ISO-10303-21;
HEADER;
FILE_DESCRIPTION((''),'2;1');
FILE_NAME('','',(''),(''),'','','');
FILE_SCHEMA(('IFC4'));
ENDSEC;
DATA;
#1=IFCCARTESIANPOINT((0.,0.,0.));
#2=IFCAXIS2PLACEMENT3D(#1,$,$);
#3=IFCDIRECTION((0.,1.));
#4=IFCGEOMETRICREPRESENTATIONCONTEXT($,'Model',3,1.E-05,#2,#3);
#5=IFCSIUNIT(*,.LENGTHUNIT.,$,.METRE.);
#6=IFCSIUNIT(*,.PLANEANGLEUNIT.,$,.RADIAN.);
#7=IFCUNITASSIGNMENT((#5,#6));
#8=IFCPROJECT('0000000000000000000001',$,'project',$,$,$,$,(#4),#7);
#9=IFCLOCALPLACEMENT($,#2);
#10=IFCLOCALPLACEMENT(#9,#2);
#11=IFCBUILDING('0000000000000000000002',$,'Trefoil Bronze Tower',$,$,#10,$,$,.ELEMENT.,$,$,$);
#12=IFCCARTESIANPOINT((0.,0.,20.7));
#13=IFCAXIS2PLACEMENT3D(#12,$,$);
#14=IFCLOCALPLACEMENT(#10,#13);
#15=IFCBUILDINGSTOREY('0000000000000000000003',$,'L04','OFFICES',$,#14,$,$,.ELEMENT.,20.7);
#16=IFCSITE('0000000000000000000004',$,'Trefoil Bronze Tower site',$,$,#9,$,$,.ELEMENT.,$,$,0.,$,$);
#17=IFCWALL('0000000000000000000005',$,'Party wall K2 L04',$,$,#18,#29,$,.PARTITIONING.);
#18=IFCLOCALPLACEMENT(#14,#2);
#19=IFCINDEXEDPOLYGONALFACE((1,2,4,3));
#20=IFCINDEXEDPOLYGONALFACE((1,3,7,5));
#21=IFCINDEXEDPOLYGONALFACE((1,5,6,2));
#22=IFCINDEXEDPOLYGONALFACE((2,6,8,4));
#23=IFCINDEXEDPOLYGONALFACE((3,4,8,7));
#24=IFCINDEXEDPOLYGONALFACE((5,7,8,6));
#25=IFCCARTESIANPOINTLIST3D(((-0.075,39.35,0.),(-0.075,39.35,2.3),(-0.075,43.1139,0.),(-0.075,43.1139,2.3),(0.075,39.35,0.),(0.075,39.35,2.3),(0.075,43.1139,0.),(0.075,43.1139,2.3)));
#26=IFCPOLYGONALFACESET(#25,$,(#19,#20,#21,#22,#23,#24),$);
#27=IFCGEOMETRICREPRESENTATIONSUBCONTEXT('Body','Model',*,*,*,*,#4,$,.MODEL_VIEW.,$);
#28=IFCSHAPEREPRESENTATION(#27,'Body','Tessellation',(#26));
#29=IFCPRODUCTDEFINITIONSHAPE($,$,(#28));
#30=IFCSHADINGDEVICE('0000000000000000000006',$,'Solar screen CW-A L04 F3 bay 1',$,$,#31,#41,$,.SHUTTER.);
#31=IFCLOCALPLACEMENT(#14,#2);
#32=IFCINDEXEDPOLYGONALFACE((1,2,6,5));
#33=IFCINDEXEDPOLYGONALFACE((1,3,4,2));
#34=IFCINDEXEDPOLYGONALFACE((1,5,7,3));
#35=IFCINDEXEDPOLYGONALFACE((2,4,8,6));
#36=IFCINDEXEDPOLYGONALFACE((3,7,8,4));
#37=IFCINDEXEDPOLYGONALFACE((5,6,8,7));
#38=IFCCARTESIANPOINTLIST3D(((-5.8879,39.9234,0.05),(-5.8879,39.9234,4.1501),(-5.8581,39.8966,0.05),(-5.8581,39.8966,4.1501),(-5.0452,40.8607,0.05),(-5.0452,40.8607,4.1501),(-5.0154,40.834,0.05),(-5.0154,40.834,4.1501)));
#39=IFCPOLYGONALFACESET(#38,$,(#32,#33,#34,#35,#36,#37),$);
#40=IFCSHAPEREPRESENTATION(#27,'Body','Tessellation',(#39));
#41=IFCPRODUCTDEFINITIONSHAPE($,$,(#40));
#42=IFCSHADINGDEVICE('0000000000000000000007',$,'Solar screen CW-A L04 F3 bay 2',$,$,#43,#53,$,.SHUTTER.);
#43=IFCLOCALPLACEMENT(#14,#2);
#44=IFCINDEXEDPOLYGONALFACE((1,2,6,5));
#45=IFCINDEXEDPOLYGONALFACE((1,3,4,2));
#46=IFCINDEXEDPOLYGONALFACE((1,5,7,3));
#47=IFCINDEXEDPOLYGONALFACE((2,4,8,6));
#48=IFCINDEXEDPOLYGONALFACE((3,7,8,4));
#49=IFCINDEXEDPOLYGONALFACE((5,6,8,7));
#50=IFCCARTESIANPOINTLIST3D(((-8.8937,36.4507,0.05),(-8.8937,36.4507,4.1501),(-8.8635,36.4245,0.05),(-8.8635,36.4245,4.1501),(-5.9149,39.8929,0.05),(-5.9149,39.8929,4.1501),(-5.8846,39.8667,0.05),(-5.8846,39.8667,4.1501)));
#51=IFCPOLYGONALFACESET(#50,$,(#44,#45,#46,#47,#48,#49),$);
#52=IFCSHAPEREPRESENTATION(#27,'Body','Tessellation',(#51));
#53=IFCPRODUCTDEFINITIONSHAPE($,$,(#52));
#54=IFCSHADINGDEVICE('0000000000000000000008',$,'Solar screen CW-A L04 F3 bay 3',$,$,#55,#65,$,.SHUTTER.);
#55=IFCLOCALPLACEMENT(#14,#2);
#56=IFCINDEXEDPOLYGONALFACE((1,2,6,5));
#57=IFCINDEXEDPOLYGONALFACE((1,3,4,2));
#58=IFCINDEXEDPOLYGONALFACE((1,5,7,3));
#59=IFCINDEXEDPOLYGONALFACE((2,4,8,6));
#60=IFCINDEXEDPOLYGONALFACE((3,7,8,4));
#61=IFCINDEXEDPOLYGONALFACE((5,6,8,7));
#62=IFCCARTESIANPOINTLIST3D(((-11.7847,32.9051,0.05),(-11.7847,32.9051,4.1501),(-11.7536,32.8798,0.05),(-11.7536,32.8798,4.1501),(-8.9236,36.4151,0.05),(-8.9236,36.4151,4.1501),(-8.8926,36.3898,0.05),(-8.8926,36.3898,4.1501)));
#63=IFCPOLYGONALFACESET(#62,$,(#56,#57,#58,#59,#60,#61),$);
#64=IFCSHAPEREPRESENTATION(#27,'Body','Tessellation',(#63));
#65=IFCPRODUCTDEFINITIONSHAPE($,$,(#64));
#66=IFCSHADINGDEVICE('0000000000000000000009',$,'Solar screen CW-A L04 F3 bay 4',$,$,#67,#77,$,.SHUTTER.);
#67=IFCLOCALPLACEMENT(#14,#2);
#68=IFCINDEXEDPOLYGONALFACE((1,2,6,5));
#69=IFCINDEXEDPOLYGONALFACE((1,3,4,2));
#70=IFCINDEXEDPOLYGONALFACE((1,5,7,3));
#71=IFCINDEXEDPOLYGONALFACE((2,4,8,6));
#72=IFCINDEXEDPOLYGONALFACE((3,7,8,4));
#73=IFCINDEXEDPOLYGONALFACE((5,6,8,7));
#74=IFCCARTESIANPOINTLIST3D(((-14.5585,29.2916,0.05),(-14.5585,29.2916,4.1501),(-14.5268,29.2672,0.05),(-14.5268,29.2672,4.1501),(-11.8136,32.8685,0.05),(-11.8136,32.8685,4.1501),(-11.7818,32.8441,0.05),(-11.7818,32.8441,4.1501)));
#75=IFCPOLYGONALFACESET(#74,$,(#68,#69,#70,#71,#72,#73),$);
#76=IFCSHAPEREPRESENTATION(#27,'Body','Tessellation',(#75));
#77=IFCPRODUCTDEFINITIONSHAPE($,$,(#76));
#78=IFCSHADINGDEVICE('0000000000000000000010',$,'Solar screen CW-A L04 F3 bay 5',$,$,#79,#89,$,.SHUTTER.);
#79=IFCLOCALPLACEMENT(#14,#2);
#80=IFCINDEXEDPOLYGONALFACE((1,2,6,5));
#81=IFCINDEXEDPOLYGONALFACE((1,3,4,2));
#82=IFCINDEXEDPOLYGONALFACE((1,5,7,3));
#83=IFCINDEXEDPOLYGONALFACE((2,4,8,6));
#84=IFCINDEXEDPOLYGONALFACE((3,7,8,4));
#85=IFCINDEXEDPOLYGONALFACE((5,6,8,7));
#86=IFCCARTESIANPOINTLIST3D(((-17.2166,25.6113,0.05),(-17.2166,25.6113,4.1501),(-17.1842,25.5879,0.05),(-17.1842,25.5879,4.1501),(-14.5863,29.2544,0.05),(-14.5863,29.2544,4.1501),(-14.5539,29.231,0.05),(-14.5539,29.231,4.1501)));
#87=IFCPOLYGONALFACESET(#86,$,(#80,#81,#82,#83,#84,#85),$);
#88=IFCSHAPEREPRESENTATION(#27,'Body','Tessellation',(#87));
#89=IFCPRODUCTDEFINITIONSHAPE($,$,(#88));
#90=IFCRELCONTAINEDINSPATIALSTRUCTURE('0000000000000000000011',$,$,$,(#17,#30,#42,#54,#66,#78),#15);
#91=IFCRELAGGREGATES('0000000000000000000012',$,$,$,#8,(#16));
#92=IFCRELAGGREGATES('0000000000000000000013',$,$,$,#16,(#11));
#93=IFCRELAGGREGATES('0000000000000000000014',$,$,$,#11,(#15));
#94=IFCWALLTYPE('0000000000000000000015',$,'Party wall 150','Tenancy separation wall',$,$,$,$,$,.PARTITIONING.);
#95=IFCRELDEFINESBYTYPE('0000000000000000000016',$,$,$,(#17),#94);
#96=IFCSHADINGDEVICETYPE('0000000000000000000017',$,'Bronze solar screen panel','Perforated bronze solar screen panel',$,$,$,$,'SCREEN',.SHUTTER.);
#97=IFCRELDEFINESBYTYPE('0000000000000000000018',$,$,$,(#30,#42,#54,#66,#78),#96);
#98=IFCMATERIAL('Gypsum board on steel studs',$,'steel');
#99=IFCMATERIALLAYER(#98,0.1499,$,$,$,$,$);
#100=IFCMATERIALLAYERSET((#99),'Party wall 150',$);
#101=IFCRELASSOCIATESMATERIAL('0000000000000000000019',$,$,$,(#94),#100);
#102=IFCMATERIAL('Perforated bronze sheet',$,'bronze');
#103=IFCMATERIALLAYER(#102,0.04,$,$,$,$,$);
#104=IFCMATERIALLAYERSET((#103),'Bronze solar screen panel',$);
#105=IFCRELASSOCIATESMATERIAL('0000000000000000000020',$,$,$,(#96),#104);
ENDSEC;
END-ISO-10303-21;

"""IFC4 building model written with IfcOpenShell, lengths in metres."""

from ifc_helpers import new_model, si_unit, direction, frame, frame_2d, origin, origin_2d, place, context, subcontext, project, spatial, rectangle, extrude, material, layer, layer_set, type_object, element, save


model = new_model("IFC4")

# Units and contexts
model_context = context("Model", 3, precision=1e-05, world=origin(), true_north=direction((0.0, 1.0)))
body_context = subcontext(model_context, "Body", "Model", "MODEL_VIEW")
ifc_project = project(units=[si_unit("LENGTHUNIT", "METRE"), si_unit("PLANEANGLEUNIT", "RADIAN")], contexts=[model_context])

# Site, building, storey
site_placement = place(None, origin())
site = spatial("IfcSite", under=ifc_project, at=site_placement, Name="Trefoil Bronze Tower site", CompositionType="ELEMENT", RefElevation=0.0)
building_placement = place(site_placement, origin())
building = spatial("IfcBuilding", under=site, at=building_placement, Name="Trefoil Bronze Tower", CompositionType="ELEMENT")
storey_placement = place(building_placement, frame((0.0, 0.0, 20.7)))
storey = spatial("IfcBuildingStorey", under=building, at=storey_placement, Name="L04", Description="OFFICES", CompositionType="ELEMENT", Elevation=20.7)

# Wall
ifc_material_1 = material(Name="Gypsum board on steel studs", Category="steel")
ifc_layer_1 = layer(ifc_material_1, 0.1499)
ifc_layer_set_1 = layer_set([ifc_layer_1], Name="Party wall 150")
wall_type = type_object("IfcWallType", Name="Party wall 150", Description="Tenancy separation wall", PredefinedType="PARTITIONING", material=ifc_layer_set_1)
wall_placement = place(storey_placement, frame((0.0, 39.3501, 0.0), z_axis=(0.0, 0.0, 1.0), x_axis=(0.0, 1.0, 0.0)))
element("IfcWall", 1, at=wall_placement, inside=storey, type_object=wall_type, Name="Party wall K2 L04", PredefinedType="PARTITIONING", context=body_context, shape_type="SweptSolid", body=[
    extrude(rectangle(XDim=3.7639, YDim=0.1499, at=frame_2d((1.8818, 0.0))), origin(), (0.0, 0.0, 1.0), 2.3),
])

# Shading devices
ifc_material_2 = material(Name="Perforated bronze sheet", Category="bronze")
ifc_layer_2 = layer(ifc_material_2, 0.04)
ifc_layer_set_2 = layer_set([ifc_layer_2], Name="Bronze solar screen panel")
shading_device_type = type_object("IfcShadingDeviceType", Name="Bronze solar screen panel", Description="Perforated bronze solar screen panel", ElementType="SCREEN", PredefinedType="SHUTTER", material=ifc_layer_set_2)
shading_device_1_placement = place(storey_placement, frame((-5.4517, 40.3787, 0.05), z_axis=(0.0, 0.0, 1.0), x_axis=(-0.668575, -0.743645, 0.0)))
element("IfcShadingDevice", 2, at=shading_device_1_placement, inside=storey, type_object=shading_device_type, Name="Solar screen CW-A L04 F3 bay 1", PredefinedType="SHUTTER", context=body_context, shape_type="SweptSolid", body=[
    extrude(rectangle(XDim=1.2605, YDim=0.04, at=origin_2d()), origin(), (0.0, 0.0, 1.0), 4.1001),
])
shading_device_2_placement = place(storey_placement, frame((-7.3892, 38.1587, 0.05), z_axis=(0.0, 0.0, 1.0), x_axis=(-0.654376, -0.756169, 0.0)))
element("IfcShadingDevice", 3, at=shading_device_2_placement, inside=storey, type_object=shading_device_type, Name="Solar screen CW-A L04 F3 bay 2", PredefinedType="SHUTTER", context=body_context, shape_type="SweptSolid", body=[
    extrude(rectangle(XDim=4.5522, YDim=0.04, at=origin_2d()), origin(), (0.0, 0.0, 1.0), 4.1001),
])
shading_device_3_placement = place(storey_placement, frame((-10.3386, 34.6475, 0.05), z_axis=(0.0, 0.0, 1.0), x_axis=(-0.631811, -0.775123, 0.0)))
element("IfcShadingDevice", 4, at=shading_device_3_placement, inside=storey, type_object=shading_device_type, Name="Solar screen CW-A L04 F3 bay 3", PredefinedType="SHUTTER", context=body_context, shape_type="SweptSolid", body=[
    extrude(rectangle(XDim=4.5283, YDim=0.04, at=origin_2d()), origin(), (0.0, 0.0, 1.0), 4.1001),
])
shading_device_4_placement = place(storey_placement, frame((-13.1702, 31.0679, 0.05), z_axis=(0.0, 0.0, 1.0), x_axis=(-0.608808, -0.793318, 0.0)))
element("IfcShadingDevice", 5, at=shading_device_4_placement, inside=storey, type_object=shading_device_type, Name="Solar screen CW-A L04 F3 bay 4", PredefinedType="SHUTTER", context=body_context, shape_type="SweptSolid", body=[
    extrude(rectangle(XDim=4.5088, YDim=0.04, at=origin_2d()), origin(), (0.0, 0.0, 1.0), 4.1001),
])
shading_device_5_placement = place(storey_placement, frame((-15.8853, 27.4211, 0.05), z_axis=(0.0, 0.0, 1.0), x_axis=(-0.585373, -0.810764, 0.0)))
element("IfcShadingDevice", 6, at=shading_device_5_placement, inside=storey, type_object=shading_device_type, Name="Solar screen CW-A L04 F3 bay 5", PredefinedType="SHUTTER", context=body_context, shape_type="SweptSolid", body=[
    extrude(rectangle(XDim=4.4934, YDim=0.04, at=origin_2d()), origin(), (0.0, 0.0, 1.0), 4.1001),
])

save(model, "model.ifc")
